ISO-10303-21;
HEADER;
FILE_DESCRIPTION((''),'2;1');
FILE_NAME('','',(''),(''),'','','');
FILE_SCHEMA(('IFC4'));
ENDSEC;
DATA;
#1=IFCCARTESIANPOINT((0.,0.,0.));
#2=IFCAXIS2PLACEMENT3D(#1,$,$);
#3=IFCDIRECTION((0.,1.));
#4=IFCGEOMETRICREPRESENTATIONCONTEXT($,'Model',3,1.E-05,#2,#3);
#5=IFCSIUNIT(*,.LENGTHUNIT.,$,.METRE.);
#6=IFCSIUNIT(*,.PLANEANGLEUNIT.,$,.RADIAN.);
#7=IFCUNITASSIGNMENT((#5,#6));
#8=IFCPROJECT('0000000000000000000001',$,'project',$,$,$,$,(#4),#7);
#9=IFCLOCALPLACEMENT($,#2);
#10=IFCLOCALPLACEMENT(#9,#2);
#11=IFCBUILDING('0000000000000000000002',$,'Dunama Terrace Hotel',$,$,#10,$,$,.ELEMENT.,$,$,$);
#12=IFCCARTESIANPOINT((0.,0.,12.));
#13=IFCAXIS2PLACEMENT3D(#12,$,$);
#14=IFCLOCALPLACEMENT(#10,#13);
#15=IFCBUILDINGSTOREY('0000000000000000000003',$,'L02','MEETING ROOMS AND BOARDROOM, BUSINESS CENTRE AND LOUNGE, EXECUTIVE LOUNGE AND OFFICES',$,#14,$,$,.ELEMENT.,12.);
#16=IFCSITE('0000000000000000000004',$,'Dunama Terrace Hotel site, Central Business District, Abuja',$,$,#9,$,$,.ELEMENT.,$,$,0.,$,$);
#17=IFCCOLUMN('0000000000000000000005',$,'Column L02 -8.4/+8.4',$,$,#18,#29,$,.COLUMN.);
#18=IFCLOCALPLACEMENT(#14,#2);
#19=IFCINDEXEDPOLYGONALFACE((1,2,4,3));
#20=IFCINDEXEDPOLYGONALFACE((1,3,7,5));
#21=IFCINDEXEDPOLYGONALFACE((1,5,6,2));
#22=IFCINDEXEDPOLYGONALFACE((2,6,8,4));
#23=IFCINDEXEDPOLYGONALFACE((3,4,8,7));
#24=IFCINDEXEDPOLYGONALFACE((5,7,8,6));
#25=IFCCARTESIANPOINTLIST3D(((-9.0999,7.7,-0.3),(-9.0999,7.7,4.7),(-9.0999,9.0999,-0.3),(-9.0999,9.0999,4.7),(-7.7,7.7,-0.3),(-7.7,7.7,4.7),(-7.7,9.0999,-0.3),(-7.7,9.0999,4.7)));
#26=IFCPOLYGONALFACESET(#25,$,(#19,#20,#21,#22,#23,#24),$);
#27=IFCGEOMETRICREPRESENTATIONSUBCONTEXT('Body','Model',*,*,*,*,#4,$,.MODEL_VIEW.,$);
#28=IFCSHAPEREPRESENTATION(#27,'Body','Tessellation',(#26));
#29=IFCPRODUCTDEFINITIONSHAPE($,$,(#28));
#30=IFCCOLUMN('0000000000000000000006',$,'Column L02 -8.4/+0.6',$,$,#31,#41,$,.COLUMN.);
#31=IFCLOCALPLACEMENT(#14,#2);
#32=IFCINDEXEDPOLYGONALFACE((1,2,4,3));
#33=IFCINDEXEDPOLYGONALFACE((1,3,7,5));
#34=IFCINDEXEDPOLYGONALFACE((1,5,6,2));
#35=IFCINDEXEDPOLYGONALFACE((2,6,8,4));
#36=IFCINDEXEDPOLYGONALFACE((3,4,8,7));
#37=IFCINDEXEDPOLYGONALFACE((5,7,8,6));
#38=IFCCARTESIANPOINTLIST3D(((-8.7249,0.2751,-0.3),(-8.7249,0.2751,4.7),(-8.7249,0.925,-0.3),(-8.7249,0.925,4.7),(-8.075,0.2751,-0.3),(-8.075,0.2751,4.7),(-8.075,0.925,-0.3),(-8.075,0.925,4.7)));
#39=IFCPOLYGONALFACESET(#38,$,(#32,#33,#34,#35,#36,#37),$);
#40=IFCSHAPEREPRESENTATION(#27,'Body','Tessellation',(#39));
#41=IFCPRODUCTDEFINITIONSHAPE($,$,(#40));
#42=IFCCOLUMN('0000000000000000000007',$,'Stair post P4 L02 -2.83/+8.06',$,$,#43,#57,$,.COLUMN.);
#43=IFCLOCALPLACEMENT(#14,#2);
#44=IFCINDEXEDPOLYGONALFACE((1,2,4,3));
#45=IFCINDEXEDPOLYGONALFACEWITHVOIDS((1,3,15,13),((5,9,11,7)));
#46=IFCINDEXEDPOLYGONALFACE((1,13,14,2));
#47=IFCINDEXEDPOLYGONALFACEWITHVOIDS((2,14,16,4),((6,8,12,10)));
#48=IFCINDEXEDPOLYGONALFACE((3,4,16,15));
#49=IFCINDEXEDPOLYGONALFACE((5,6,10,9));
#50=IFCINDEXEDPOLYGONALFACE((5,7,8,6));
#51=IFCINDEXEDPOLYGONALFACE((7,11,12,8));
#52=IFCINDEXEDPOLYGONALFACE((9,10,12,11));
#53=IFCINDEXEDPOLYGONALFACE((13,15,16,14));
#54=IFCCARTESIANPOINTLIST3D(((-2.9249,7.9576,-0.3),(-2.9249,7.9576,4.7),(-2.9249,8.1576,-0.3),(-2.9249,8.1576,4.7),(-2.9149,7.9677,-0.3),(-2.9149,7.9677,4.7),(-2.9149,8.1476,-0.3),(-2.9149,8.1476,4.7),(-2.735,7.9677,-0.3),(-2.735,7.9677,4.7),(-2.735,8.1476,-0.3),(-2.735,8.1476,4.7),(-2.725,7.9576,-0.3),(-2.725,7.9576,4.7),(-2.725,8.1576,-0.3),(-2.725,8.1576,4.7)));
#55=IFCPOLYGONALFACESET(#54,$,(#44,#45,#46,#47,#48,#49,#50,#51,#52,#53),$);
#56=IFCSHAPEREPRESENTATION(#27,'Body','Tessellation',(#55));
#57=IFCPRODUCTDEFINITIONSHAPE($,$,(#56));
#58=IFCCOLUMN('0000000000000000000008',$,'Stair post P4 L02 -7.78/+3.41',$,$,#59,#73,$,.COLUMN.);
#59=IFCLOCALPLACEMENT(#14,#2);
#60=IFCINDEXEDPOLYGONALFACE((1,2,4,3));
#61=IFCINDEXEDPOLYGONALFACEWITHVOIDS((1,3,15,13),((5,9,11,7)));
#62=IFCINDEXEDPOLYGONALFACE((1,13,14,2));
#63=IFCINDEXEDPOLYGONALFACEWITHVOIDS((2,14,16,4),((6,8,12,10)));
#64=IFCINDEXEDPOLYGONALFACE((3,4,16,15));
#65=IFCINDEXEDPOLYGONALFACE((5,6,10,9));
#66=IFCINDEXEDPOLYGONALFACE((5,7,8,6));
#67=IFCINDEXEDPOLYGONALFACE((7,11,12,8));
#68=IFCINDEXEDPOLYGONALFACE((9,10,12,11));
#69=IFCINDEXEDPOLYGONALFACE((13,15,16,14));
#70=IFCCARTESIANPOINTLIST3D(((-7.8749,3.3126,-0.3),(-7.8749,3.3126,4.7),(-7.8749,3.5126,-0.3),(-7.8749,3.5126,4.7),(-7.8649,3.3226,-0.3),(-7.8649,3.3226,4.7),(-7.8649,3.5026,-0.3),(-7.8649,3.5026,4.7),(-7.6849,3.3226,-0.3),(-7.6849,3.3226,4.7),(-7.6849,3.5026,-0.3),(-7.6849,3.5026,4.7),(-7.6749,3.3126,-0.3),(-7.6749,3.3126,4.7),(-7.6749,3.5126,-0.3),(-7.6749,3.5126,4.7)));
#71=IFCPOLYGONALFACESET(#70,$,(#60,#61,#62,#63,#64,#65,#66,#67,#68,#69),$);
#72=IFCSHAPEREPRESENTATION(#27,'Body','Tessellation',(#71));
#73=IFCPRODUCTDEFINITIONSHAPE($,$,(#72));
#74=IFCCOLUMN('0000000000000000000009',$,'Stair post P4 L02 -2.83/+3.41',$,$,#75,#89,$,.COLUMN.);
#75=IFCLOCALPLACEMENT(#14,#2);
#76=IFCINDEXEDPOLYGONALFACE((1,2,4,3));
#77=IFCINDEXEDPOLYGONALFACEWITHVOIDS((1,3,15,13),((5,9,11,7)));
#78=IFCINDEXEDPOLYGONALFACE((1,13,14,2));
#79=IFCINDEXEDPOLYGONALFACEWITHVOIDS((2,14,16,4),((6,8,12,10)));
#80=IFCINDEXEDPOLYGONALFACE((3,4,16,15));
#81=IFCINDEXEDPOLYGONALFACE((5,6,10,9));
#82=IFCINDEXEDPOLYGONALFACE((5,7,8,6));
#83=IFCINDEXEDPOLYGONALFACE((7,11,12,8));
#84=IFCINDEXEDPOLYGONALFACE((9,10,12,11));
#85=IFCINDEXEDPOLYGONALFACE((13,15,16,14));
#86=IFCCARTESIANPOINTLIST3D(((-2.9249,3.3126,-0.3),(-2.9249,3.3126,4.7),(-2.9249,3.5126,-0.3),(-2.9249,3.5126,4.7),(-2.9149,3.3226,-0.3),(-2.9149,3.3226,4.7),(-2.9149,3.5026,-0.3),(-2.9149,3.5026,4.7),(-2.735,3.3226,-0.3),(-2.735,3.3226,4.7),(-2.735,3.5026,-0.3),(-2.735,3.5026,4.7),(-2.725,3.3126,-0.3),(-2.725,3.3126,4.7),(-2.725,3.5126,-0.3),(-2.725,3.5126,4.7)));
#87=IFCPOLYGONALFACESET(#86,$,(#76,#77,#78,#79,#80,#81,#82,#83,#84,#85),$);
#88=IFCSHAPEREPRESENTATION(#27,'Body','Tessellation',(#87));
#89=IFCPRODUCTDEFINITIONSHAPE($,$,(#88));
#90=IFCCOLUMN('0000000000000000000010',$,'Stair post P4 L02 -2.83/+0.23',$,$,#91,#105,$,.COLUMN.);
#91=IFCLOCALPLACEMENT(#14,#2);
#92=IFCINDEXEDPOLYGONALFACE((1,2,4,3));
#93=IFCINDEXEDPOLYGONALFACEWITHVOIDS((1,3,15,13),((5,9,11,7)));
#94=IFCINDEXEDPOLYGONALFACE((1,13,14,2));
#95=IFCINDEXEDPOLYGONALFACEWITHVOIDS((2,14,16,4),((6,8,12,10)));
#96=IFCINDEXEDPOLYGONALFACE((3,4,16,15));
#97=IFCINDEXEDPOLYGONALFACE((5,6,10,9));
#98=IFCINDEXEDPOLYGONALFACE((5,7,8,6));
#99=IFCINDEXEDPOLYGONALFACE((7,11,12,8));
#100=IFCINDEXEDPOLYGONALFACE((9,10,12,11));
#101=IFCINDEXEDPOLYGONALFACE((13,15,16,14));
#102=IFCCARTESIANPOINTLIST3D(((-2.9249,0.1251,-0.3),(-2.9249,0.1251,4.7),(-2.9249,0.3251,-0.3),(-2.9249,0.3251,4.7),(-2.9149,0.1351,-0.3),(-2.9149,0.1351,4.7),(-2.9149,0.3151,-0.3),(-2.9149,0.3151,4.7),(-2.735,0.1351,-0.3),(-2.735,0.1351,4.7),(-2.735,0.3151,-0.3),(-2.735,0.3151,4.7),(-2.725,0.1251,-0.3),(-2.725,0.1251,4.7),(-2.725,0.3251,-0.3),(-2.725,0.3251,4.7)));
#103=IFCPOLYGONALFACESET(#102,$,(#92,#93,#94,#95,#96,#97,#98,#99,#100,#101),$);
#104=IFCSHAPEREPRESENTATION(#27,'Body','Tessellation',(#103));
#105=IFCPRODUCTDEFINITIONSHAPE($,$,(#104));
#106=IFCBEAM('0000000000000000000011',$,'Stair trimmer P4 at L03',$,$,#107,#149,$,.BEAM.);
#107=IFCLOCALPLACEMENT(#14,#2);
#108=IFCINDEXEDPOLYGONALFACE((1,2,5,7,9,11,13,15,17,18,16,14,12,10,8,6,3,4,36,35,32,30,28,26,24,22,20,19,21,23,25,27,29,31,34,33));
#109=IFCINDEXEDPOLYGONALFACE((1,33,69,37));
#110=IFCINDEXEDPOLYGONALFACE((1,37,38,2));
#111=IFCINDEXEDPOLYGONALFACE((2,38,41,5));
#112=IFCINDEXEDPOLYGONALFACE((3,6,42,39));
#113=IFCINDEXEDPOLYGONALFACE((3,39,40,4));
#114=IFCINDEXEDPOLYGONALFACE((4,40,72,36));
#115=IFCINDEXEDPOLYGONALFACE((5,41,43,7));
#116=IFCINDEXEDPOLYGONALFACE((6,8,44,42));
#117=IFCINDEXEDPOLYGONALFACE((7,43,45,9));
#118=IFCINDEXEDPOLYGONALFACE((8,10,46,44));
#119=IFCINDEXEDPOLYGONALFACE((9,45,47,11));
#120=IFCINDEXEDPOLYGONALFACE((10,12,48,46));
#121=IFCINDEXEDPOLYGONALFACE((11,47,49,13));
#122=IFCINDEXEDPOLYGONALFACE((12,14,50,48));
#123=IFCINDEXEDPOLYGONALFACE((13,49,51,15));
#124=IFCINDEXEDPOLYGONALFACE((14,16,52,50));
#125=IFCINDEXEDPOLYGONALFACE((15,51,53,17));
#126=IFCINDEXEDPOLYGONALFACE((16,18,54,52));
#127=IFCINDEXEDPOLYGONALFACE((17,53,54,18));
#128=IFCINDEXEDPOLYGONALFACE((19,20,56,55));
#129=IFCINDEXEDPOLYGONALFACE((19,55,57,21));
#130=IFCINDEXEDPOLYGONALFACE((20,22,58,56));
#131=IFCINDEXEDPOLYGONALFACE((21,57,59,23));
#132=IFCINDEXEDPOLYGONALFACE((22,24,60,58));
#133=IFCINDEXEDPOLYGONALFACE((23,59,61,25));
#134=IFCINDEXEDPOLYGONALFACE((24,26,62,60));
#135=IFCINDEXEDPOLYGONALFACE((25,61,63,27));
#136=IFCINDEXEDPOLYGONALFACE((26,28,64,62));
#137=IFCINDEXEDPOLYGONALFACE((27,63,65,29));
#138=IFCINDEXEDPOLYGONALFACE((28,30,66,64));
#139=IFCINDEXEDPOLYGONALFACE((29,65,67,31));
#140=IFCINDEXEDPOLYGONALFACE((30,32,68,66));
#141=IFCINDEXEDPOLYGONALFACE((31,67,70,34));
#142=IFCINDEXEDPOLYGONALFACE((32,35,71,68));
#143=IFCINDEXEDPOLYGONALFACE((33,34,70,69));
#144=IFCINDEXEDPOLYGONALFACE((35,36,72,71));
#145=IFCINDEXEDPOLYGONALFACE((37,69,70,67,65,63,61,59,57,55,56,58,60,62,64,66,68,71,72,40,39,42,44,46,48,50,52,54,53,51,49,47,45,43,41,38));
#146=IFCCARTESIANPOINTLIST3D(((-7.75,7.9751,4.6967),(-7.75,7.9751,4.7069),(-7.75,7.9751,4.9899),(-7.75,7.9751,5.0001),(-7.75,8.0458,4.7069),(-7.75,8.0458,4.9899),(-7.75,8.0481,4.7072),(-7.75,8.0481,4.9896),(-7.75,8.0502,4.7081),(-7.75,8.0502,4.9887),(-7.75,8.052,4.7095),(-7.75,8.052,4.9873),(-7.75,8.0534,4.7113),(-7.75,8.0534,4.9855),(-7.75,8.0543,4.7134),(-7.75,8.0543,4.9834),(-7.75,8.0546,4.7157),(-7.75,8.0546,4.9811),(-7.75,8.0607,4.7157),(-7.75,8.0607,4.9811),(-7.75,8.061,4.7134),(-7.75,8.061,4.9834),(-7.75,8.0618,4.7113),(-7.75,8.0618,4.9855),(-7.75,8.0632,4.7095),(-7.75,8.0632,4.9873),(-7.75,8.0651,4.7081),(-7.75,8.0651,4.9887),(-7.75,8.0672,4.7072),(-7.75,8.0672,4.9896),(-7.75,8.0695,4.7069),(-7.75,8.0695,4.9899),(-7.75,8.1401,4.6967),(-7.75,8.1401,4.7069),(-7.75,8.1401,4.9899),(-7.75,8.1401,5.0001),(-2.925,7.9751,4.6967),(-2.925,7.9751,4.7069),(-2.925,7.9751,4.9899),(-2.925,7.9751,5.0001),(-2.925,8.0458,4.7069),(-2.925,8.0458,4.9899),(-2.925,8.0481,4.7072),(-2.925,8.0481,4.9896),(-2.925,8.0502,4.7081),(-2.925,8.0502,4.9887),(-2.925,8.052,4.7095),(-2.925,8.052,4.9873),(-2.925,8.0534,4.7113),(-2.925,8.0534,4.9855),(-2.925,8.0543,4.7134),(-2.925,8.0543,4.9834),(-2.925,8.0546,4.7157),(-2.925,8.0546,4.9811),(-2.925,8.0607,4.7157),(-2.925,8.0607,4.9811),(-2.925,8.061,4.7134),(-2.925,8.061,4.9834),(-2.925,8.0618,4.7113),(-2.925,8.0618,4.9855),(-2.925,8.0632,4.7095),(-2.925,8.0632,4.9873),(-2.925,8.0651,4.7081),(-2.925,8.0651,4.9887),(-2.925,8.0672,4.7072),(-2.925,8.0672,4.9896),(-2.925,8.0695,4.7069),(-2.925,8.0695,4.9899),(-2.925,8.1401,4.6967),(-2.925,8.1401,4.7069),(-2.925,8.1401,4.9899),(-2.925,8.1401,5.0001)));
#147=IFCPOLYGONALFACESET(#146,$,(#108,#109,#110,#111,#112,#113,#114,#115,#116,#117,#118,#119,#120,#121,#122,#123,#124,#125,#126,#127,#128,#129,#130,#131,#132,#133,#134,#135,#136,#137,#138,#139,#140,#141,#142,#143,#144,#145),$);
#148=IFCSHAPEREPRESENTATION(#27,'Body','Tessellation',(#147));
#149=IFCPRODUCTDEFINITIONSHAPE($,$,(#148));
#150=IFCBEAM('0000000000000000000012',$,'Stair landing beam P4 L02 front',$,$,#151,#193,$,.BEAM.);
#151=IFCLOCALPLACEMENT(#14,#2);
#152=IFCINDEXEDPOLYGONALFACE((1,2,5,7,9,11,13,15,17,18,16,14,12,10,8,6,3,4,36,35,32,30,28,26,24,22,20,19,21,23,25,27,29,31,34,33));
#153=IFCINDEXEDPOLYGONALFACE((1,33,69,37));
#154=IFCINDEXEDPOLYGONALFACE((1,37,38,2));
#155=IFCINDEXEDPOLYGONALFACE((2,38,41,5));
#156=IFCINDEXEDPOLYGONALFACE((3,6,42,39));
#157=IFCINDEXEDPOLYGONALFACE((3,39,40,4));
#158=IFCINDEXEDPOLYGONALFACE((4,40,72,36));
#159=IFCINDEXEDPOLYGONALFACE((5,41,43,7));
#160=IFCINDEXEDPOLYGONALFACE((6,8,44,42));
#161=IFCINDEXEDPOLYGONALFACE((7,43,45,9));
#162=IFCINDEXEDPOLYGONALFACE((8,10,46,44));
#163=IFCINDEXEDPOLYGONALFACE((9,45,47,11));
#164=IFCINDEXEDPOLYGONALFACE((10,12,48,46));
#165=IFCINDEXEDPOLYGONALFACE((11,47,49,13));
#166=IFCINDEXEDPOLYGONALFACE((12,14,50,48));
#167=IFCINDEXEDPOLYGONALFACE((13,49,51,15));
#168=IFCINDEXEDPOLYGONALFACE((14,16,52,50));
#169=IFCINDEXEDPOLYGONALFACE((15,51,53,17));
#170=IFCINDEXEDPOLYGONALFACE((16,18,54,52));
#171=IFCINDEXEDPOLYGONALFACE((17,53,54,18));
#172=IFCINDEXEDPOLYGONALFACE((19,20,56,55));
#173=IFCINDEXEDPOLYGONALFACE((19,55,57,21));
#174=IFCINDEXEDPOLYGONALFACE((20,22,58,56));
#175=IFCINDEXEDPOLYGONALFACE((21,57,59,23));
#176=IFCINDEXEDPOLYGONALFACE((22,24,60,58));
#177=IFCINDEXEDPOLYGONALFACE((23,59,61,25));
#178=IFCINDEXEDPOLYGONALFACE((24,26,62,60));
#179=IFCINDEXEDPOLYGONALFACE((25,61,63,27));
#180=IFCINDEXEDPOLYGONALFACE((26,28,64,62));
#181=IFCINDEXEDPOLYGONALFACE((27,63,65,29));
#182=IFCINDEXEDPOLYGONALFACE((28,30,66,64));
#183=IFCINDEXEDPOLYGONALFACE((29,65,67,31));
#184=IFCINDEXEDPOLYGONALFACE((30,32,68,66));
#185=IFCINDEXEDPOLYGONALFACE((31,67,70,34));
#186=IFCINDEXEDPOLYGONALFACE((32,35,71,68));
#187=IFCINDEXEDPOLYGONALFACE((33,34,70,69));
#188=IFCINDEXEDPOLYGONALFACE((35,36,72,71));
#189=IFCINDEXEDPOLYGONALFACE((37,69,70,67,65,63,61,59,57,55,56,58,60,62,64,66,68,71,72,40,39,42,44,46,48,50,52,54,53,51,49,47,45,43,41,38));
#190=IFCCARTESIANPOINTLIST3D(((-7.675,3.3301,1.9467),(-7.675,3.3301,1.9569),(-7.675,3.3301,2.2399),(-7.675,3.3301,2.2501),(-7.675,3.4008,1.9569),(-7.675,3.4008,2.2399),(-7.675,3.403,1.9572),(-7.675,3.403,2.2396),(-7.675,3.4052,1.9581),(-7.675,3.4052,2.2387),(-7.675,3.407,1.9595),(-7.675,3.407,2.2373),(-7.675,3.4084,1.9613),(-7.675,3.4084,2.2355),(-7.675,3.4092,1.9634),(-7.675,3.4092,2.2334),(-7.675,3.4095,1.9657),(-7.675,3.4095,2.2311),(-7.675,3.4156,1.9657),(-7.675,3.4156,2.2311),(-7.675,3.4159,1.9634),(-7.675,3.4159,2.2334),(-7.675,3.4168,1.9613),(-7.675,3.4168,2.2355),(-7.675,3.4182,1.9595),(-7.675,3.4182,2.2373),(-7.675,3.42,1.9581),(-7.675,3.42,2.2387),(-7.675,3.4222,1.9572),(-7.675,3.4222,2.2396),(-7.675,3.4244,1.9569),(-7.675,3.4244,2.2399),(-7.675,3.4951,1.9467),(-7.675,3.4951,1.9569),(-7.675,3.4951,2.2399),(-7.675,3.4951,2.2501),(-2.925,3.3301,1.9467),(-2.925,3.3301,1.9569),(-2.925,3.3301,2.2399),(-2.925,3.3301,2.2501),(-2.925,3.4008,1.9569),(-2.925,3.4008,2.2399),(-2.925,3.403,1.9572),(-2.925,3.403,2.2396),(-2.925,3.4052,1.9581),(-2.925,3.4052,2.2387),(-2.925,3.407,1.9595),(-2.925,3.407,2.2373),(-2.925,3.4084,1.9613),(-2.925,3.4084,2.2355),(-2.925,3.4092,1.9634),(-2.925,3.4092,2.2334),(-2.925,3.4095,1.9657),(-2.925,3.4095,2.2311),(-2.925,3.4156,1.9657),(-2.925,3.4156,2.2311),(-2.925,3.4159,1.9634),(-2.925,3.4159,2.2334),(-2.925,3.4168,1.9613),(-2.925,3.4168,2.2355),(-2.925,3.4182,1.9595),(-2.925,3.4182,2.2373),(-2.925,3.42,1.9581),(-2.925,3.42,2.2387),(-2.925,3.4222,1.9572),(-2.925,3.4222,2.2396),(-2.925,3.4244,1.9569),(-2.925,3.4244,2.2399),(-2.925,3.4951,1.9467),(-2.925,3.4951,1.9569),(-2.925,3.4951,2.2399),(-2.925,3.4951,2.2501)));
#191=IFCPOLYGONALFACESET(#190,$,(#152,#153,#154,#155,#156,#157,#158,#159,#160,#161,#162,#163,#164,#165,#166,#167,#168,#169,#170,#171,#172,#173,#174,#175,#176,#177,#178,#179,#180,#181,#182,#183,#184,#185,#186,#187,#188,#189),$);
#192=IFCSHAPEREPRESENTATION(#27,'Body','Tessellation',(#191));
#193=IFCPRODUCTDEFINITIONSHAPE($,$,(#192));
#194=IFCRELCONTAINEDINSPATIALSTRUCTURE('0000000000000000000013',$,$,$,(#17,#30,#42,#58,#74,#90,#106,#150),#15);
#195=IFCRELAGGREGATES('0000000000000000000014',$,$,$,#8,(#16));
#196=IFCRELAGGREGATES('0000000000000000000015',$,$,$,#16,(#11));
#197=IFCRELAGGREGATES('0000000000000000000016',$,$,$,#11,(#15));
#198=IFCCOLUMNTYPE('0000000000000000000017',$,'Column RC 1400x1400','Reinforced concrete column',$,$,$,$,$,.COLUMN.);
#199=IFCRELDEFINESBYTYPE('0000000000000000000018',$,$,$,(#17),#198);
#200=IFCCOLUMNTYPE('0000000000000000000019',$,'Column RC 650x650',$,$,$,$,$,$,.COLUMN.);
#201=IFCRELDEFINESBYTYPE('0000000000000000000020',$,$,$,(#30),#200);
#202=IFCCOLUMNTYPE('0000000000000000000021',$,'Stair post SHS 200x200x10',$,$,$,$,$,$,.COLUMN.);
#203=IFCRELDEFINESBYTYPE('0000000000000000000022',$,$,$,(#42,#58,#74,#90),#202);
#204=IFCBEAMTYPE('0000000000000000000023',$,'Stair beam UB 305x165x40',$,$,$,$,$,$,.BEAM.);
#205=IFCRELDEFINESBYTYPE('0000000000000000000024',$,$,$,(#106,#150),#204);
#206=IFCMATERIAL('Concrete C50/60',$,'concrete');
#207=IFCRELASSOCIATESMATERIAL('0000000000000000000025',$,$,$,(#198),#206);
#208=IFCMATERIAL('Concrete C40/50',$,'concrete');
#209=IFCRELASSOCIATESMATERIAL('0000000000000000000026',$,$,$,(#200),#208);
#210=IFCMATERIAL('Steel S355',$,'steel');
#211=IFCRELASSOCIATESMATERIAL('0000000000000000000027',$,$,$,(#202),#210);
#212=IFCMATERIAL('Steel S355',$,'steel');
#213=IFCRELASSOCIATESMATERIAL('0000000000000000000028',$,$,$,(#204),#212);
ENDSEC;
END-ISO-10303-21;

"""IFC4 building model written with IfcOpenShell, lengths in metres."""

from ifc_helpers import new_model, si_unit, direction, frame, origin, origin_2d, place, context, subcontext, project, spatial, rectangle, hollow_rectangle, i_section, extrude, material, material_profile, profile_set, type_object, element, save


model = new_model("IFC4")

# Units and contexts
model_context = context("Model", 3, precision=1e-05, world=origin(), true_north=direction((0.0, 1.0)))
body_context = subcontext(model_context, "Body", "Model", "MODEL_VIEW")
ifc_project = project(units=[si_unit("LENGTHUNIT", "METRE"), si_unit("PLANEANGLEUNIT", "RADIAN")], contexts=[model_context])

# Site, building, storey
site_placement = place(None, origin())
site = spatial("IfcSite", under=ifc_project, at=site_placement, Name="Dunama Terrace Hotel site, Central Business District, Abuja", CompositionType="ELEMENT", RefElevation=0.0)
building_placement = place(site_placement, origin())
building = spatial("IfcBuilding", under=site, at=building_placement, Name="Dunama Terrace Hotel", CompositionType="ELEMENT")
storey_placement = place(building_placement, frame((0.0, 0.0, 12.0)))
storey = spatial("IfcBuildingStorey", under=building, at=storey_placement, Name="L02", Description="MEETING ROOMS AND BOARDROOM, BUSINESS CENTRE AND LOUNGE, EXECUTIVE LOUNGE AND OFFICES", CompositionType="ELEMENT", Elevation=12.0)

# Columns
ifc_material_1 = material(Name="Concrete C50/60", Category="concrete")
ifc_material_profile_1 = material_profile(ifc_material_1, rectangle(XDim=1.3999, YDim=1.3999, at=origin_2d()), Name="RC 1400x1400")
ifc_profile_set_1 = profile_set([ifc_material_profile_1], Name="Concrete C50/60")
column_type_1 = type_object("IfcColumnType", Name="Column RC 1400x1400", Description="Reinforced concrete column", PredefinedType="COLUMN", material=ifc_profile_set_1)
column_1_placement = place(storey_placement, frame((-8.3999, 8.3999, -0.3), z_axis=(0.0, 0.0, 1.0), x_axis=(1.0, 0.0, 0.0)))
element("IfcColumn", 1, at=column_1_placement, inside=storey, type_object=column_type_1, Name="Column L02 -8.4/+8.4", PredefinedType="COLUMN", context=body_context, shape_type="SweptSolid", body=[
    extrude(rectangle(XDim=1.3999, YDim=1.3999, at=origin_2d()), origin(), (0.0, 0.0, 1.0), 5.0),
])
ifc_material_2 = material(Name="Concrete C40/50", Category="concrete")
ifc_material_profile_2 = material_profile(ifc_material_2, rectangle(XDim=0.6499, YDim=0.6499, at=origin_2d()), Name="RC 650x650")
ifc_profile_set_2 = profile_set([ifc_material_profile_2], Name="Concrete C40/50")
column_type_2 = type_object("IfcColumnType", Name="Column RC 650x650", PredefinedType="COLUMN", material=ifc_profile_set_2)
column_2_placement = place(storey_placement, frame((-8.3999, 0.6001, -0.3), z_axis=(0.0, 0.0, 1.0), x_axis=(1.0, 0.0, 0.0)))
element("IfcColumn", 2, at=column_2_placement, inside=storey, type_object=column_type_2, Name="Column L02 -8.4/+0.6", PredefinedType="COLUMN", context=body_context, shape_type="SweptSolid", body=[
    extrude(rectangle(XDim=0.6499, YDim=0.6499, at=origin_2d()), origin(), (0.0, 0.0, 1.0), 5.0),
])
ifc_material_3 = material(Name="Steel S355", Category="steel")
ifc_material_profile_3 = material_profile(ifc_material_3, hollow_rectangle(XDim=0.2, YDim=0.2, WallThickness=0.01, at=origin_2d()), Name="SHS 200x200x10")
ifc_profile_set_3 = profile_set([ifc_material_profile_3], Name="Steel S355")
column_type_3 = type_object("IfcColumnType", Name="Stair post SHS 200x200x10", PredefinedType="COLUMN", material=ifc_profile_set_3)
for number, where, z_axis, x_axis, name in (
    (3, (-2.825, 8.0576, -0.3), (0.0, 0.0, 1.0), (1.0, 0.0, 0.0), "Stair post P4 L02 -2.83/+8.06"),
    (4, (-7.7749, 3.4126, -0.3), (0.0, 0.0, 1.0), (1.0, 0.0, 0.0), "Stair post P4 L02 -7.78/+3.41"),
    (5, (-2.825, 3.4126, -0.3), (0.0, 0.0, 1.0), (1.0, 0.0, 0.0), "Stair post P4 L02 -2.83/+3.41"),
    (6, (-2.825, 0.2251, -0.3), (0.0, 0.0, 1.0), (1.0, 0.0, 0.0), "Stair post P4 L02 -2.83/+0.23"),
):
    element("IfcColumn", number, at=place(storey_placement, frame(where, z_axis=z_axis, x_axis=x_axis)), inside=storey, type_object=column_type_3, Name=name, PredefinedType="COLUMN", context=body_context, shape_type="SweptSolid", body=[
        extrude(hollow_rectangle(XDim=0.2, YDim=0.2, WallThickness=0.01, at=origin_2d()), origin(), (0.0, 0.0, 1.0), 5.0),
    ])

# Beams
ifc_material_4 = material(Name="Steel S355", Category="steel")
ifc_material_profile_4 = material_profile(ifc_material_4, i_section(OverallWidth=0.165, OverallDepth=0.3035, WebThickness=0.0061, FlangeThickness=0.0103, FilletRadius=0.0088, at=origin_2d()), Name="UB 305x165x40")
ifc_profile_set_4 = profile_set([ifc_material_profile_4], Name="Steel S355")
beam_type = type_object("IfcBeamType", Name="Stair beam UB 305x165x40", PredefinedType="BEAM", material=ifc_profile_set_4)
beam_placement = place(storey_placement, frame((-7.75, 8.0576, 4.8484), z_axis=(1.0, 0.0, 0.0), x_axis=(0.0, 1.0, 0.0)))
element("IfcBeam", 7, at=beam_placement, inside=storey, type_object=beam_type, Name="Stair trimmer P4 at L03", PredefinedType="BEAM", context=body_context, shape_type="SweptSolid", body=[
    extrude(i_section(OverallWidth=0.165, OverallDepth=0.3035, WebThickness=0.0061, FlangeThickness=0.0103, FilletRadius=0.0088, at=origin_2d()), origin(), (0.0, 0.0, 1.0), 4.825),
])
for number, where, z_axis, x_axis, name in (
    (8, (-7.675, 3.4126, 2.0984), (1.0, 0.0, 0.0), (0.0, 1.0, 0.0), "Stair landing beam P4 L02 front"),
):
    element("IfcBeam", number, at=place(storey_placement, frame(where, z_axis=z_axis, x_axis=x_axis)), inside=storey, type_object=beam_type, Name=name, PredefinedType="BEAM", context=body_context, shape_type="SweptSolid", body=[
        extrude(i_section(OverallWidth=0.165, OverallDepth=0.3035, WebThickness=0.0061, FlangeThickness=0.0103, FilletRadius=0.0088, at=origin_2d()), origin(), (0.0, 0.0, 1.0), 4.75),
    ])

save(model, "model.ifc")
